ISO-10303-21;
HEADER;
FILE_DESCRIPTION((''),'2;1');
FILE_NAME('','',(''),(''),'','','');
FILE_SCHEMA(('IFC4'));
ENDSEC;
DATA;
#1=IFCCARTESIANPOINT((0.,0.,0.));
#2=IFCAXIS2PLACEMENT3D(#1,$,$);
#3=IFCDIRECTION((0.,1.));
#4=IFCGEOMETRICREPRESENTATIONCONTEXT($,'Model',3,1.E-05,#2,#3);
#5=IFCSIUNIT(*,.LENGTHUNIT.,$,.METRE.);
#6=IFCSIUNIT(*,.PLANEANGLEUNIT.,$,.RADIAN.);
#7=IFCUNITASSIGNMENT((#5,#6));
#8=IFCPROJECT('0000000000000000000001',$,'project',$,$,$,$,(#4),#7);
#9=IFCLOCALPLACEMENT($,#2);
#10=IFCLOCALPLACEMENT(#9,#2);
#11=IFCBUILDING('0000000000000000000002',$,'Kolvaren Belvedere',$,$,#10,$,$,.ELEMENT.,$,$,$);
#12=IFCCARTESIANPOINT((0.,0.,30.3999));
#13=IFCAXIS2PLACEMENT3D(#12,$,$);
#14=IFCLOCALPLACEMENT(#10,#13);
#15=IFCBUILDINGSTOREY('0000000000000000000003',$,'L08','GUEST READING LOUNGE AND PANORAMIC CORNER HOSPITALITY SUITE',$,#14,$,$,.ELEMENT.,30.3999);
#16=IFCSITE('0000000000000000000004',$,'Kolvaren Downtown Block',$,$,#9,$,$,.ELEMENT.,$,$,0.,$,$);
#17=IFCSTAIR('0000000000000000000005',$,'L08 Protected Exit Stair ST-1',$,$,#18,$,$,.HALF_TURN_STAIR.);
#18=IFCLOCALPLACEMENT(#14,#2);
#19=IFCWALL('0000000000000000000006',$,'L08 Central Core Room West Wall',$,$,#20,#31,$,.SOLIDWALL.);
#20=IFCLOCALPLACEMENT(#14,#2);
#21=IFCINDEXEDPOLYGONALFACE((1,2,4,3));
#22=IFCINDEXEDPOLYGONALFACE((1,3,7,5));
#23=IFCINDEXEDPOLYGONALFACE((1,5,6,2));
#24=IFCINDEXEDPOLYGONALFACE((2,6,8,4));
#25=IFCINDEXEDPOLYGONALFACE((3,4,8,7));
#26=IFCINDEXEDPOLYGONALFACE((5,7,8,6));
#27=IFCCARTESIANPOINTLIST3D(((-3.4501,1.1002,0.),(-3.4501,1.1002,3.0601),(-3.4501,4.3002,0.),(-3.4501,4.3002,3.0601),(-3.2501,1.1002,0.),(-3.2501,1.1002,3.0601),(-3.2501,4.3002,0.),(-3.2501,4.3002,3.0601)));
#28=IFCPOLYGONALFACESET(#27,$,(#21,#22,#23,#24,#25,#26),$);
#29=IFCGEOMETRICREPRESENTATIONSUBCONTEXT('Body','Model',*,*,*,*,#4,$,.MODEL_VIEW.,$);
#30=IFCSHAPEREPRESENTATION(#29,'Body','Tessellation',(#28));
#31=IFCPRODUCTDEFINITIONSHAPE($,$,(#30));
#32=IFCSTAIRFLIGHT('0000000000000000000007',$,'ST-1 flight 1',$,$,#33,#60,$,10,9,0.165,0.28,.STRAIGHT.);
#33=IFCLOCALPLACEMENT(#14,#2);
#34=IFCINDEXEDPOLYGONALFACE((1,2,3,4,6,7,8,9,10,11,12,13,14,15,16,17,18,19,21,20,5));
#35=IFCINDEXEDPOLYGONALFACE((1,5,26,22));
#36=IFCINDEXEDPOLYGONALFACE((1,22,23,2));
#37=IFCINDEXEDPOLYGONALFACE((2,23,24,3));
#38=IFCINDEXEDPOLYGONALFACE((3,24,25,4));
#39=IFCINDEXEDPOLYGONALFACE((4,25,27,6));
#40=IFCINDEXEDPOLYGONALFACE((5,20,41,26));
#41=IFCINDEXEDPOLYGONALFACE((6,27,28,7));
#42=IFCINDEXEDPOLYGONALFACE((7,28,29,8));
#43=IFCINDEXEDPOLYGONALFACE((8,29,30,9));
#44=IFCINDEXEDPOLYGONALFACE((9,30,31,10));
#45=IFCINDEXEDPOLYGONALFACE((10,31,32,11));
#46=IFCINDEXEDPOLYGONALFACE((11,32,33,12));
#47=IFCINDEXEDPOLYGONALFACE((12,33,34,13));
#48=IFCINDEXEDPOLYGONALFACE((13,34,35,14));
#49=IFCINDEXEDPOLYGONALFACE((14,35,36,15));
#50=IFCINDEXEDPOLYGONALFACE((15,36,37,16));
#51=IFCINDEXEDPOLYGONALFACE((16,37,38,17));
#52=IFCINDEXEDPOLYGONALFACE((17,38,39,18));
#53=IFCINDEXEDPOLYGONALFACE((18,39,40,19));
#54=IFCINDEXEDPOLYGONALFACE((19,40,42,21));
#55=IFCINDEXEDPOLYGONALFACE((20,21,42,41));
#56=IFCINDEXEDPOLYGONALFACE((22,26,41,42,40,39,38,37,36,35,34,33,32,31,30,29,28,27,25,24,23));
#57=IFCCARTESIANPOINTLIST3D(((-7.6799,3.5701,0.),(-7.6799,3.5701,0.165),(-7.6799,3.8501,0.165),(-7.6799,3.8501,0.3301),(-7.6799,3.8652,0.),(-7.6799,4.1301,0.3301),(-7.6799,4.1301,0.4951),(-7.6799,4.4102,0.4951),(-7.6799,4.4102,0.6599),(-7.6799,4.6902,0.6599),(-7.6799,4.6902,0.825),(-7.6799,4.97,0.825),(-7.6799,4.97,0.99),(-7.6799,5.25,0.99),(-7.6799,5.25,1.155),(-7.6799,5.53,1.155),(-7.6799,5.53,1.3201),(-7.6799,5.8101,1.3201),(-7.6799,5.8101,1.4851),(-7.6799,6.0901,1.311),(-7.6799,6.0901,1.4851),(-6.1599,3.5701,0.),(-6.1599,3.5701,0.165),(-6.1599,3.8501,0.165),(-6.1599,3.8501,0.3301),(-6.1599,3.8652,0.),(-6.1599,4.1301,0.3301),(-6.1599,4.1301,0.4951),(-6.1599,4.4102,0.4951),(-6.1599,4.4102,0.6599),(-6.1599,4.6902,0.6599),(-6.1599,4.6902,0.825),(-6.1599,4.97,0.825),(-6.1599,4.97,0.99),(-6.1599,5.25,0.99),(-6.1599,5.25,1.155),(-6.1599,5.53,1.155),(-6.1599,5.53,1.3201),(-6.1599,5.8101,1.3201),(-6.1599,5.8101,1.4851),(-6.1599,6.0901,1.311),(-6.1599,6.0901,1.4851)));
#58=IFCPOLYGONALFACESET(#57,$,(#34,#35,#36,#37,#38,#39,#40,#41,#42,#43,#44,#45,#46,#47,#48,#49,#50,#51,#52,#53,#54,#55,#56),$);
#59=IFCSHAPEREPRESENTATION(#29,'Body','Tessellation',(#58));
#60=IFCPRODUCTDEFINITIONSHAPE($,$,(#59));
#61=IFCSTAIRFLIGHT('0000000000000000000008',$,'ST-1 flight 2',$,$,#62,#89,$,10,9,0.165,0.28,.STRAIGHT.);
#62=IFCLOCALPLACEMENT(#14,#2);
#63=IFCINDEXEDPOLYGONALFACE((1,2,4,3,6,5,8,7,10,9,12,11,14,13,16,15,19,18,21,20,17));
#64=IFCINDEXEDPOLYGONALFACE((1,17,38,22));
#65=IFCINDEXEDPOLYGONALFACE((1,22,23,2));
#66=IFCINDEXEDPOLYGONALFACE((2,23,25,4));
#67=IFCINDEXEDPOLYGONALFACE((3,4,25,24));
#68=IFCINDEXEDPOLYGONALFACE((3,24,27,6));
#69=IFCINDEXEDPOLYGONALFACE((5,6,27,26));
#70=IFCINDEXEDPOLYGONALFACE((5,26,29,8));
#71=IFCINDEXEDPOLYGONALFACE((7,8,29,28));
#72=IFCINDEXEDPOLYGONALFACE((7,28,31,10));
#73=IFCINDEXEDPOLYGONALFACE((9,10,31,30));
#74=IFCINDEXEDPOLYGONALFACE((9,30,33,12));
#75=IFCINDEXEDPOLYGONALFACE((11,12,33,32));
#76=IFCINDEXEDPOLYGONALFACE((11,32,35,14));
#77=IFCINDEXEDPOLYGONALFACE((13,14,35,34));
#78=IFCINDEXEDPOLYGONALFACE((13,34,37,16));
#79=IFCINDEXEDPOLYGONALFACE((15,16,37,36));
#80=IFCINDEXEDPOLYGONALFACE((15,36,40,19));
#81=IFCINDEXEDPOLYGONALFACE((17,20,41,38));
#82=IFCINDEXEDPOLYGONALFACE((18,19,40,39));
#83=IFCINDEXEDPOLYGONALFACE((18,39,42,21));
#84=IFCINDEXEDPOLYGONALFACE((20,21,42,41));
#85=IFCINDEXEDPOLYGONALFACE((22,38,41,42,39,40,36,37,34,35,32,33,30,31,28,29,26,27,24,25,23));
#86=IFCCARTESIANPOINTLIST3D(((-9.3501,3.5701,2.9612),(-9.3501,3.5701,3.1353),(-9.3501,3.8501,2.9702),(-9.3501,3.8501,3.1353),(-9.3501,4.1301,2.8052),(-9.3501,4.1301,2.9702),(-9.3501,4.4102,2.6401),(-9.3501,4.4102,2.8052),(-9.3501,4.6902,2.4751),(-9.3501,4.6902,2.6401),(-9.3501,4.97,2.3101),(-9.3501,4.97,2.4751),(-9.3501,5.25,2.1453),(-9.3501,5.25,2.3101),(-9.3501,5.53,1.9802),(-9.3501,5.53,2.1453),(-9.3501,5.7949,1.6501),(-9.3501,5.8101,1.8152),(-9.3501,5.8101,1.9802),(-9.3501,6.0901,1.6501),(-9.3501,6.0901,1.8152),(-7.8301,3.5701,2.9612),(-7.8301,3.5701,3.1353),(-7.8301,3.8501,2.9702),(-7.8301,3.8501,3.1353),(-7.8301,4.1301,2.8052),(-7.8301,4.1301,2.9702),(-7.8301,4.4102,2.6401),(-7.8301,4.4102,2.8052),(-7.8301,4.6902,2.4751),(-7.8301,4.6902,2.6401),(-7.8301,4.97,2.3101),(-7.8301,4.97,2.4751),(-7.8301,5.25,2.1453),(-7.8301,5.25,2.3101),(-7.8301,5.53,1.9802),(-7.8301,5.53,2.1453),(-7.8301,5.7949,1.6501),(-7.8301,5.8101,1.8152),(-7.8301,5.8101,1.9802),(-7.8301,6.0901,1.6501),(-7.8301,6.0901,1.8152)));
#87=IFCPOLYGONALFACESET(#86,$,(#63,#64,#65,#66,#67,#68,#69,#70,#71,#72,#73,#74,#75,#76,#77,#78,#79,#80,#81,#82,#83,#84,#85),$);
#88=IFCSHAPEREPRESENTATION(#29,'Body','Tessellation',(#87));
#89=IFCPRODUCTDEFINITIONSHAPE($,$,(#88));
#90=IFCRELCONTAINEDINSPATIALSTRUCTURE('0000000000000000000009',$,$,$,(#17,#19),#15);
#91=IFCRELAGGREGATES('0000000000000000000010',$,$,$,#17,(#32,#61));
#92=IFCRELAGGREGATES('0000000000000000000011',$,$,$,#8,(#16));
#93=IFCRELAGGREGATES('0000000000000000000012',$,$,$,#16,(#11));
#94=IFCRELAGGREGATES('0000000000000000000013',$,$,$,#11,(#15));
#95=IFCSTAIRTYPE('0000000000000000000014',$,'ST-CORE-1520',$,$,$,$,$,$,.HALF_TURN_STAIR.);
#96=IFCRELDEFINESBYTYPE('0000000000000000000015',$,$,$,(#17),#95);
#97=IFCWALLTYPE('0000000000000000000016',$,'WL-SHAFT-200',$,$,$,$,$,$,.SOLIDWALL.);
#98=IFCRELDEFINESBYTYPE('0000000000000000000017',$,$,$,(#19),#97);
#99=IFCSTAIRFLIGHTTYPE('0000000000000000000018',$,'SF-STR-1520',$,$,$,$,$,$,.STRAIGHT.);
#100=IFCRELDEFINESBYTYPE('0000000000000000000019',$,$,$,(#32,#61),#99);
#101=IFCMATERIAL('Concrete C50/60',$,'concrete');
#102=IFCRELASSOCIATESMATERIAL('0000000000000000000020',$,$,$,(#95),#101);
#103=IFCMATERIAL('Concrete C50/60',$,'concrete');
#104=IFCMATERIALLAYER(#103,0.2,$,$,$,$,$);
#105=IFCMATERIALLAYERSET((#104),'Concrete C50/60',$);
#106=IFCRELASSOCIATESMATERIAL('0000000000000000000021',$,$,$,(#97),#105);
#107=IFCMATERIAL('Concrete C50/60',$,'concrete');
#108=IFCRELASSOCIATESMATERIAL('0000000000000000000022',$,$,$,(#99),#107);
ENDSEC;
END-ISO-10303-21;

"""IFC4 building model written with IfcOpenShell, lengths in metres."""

from ifc_helpers import new_model, si_unit, direction, frame, frame_2d, origin, place, context, subcontext, project, spatial, polyline, rectangle, outline, extrude, material, layer, layer_set, type_object, element, aggregate, save


model = new_model("IFC4")

# Units and contexts
model_context = context("Model", 3, precision=1e-05, world=origin(), true_north=direction((0.0, 1.0)))
body_context = subcontext(model_context, "Body", "Model", "MODEL_VIEW")
ifc_project = project(units=[si_unit("LENGTHUNIT", "METRE"), si_unit("PLANEANGLEUNIT", "RADIAN")], contexts=[model_context])

# Site, building, storey
site_placement = place(None, origin())
site = spatial("IfcSite", under=ifc_project, at=site_placement, Name="Kolvaren Downtown Block", CompositionType="ELEMENT", RefElevation=0.0)
building_placement = place(site_placement, origin())
building = spatial("IfcBuilding", under=site, at=building_placement, Name="Kolvaren Belvedere", CompositionType="ELEMENT")
storey_placement = place(building_placement, frame((0.0, 0.0, 30.3999)))
storey = spatial("IfcBuildingStorey", under=building, at=storey_placement, Name="L08", Description="GUEST READING LOUNGE AND PANORAMIC CORNER HOSPITALITY SUITE", CompositionType="ELEMENT", Elevation=30.3999)

# Stair
ifc_material_1 = material(Name="Concrete C50/60", Category="concrete")
stair_type = type_object("IfcStairType", Name="ST-CORE-1520", PredefinedType="HALF_TURN_STAIR", material=ifc_material_1)
stair_1_placement = place(storey_placement, origin())
stair_1 = element("IfcStair", 1, at=stair_1_placement, inside=storey, type_object=stair_type, Name="L08 Protected Exit Stair ST-1", PredefinedType="HALF_TURN_STAIR")

# Shared definitions
ifc_material_2 = material(Name="Concrete C50/60", Category="concrete")
ifc_layer_1 = layer(ifc_material_2, 0.2)
ifc_layer_set_1 = layer_set([ifc_layer_1], Name="Concrete C50/60")
wall_type_1 = type_object("IfcWallType", Name="WL-SHAFT-200", PredefinedType="SOLIDWALL", material=ifc_layer_set_1)

# Wall
wall_1_placement = place(storey_placement, frame((-3.3501, 1.1001, 0.0), z_axis=(0.0, 0.0, 1.0), x_axis=(0.0, 1.0, 0.0)))
element("IfcWall", 2, at=wall_1_placement, inside=storey, type_object=wall_type_1, Name="L08 Central Core Room West Wall", PredefinedType="SOLIDWALL", context=body_context, shape_type="SweptSolid", body=[
    extrude(rectangle(XDim=3.2, YDim=0.2, at=frame_2d((1.6001, 0.0))), origin(), (0.0, 0.0, 1.0), 3.0601),
])

# Stair flights
ifc_material_3 = material(Name="Concrete C50/60", Category="concrete")
stair_flight_type = type_object("IfcStairFlightType", Name="SF-STR-1520", PredefinedType="STRAIGHT", material=ifc_material_3)
stair_flight_1_placement = place(storey_placement, frame((-6.9199, 3.5701, 0.0), z_axis=(0.0, 0.0, 1.0), x_axis=(0.0, 1.0, 0.0)))
stair_flight_1 = element("IfcStairFlight", 3, at=stair_flight_1_placement, type_object=stair_flight_type, Name="ST-1 flight 1", NumberOfRisers=10, NumberOfTreads=9, PredefinedType="STRAIGHT", RiserHeight=0.165, TreadLength=0.28, context=body_context, shape_type="SweptSolid", body=[
    extrude(outline(polyline([(0.0, 0.0), (0.0, 0.165), (0.28, 0.165), (0.28, 0.3301), (0.5601, 0.3301), (0.5601, 0.4951), (0.8401, 0.4951), (0.8401, 0.6599), (1.1201, 0.6599), (1.1201, 0.825), (1.3999, 0.825), (1.3999, 0.99), (1.6799, 0.99), (1.6799, 1.155), (1.96, 1.155), (1.96, 1.3201), (2.24, 1.3201), (2.24, 1.4851), (2.52, 1.4851), (2.52, 1.6499), (2.52, 1.311), (0.2952, 0.0), (0.0, 0.0)])), frame((0.0, 0.76, 0.0), z_axis=(0.0, -1.0, 0.0), x_axis=(1.0, 0.0, 0.0)), (0.0, 0.0, 1.0), 1.52),
])
stair_flight_2_placement = place(storey_placement, frame((-8.5901, 6.0901, 1.6501), z_axis=(0.0, 0.0, 1.0), x_axis=(0.0, -1.0, 0.0)))
stair_flight_2 = element("IfcStairFlight", 4, at=stair_flight_2_placement, type_object=stair_flight_type, Name="ST-1 flight 2", NumberOfRisers=10, NumberOfTreads=9, PredefinedType="STRAIGHT", RiserHeight=0.165, TreadLength=0.28, context=body_context, shape_type="SweptSolid", body=[
    extrude(outline(polyline([(0.0, 0.0), (0.0, 0.165), (0.28, 0.165), (0.28, 0.3301), (0.5601, 0.3301), (0.5601, 0.4951), (0.8401, 0.4951), (0.8401, 0.6599), (1.1201, 0.6599), (1.1201, 0.825), (1.3999, 0.825), (1.3999, 0.99), (1.6799, 0.99), (1.6799, 1.155), (1.96, 1.155), (1.96, 1.3201), (2.24, 1.3201), (2.24, 1.4851), (2.52, 1.4851), (2.52, 1.6499), (2.52, 1.311), (0.2952, 0.0), (0.0, 0.0)])), frame((0.0, 0.76, 0.0), z_axis=(0.0, -1.0, 0.0), x_axis=(1.0, 0.0, 0.0)), (0.0, 0.0, 1.0), 1.52),
])
aggregate(stair_1, [stair_flight_1, stair_flight_2])

save(model, "model.ifc")
